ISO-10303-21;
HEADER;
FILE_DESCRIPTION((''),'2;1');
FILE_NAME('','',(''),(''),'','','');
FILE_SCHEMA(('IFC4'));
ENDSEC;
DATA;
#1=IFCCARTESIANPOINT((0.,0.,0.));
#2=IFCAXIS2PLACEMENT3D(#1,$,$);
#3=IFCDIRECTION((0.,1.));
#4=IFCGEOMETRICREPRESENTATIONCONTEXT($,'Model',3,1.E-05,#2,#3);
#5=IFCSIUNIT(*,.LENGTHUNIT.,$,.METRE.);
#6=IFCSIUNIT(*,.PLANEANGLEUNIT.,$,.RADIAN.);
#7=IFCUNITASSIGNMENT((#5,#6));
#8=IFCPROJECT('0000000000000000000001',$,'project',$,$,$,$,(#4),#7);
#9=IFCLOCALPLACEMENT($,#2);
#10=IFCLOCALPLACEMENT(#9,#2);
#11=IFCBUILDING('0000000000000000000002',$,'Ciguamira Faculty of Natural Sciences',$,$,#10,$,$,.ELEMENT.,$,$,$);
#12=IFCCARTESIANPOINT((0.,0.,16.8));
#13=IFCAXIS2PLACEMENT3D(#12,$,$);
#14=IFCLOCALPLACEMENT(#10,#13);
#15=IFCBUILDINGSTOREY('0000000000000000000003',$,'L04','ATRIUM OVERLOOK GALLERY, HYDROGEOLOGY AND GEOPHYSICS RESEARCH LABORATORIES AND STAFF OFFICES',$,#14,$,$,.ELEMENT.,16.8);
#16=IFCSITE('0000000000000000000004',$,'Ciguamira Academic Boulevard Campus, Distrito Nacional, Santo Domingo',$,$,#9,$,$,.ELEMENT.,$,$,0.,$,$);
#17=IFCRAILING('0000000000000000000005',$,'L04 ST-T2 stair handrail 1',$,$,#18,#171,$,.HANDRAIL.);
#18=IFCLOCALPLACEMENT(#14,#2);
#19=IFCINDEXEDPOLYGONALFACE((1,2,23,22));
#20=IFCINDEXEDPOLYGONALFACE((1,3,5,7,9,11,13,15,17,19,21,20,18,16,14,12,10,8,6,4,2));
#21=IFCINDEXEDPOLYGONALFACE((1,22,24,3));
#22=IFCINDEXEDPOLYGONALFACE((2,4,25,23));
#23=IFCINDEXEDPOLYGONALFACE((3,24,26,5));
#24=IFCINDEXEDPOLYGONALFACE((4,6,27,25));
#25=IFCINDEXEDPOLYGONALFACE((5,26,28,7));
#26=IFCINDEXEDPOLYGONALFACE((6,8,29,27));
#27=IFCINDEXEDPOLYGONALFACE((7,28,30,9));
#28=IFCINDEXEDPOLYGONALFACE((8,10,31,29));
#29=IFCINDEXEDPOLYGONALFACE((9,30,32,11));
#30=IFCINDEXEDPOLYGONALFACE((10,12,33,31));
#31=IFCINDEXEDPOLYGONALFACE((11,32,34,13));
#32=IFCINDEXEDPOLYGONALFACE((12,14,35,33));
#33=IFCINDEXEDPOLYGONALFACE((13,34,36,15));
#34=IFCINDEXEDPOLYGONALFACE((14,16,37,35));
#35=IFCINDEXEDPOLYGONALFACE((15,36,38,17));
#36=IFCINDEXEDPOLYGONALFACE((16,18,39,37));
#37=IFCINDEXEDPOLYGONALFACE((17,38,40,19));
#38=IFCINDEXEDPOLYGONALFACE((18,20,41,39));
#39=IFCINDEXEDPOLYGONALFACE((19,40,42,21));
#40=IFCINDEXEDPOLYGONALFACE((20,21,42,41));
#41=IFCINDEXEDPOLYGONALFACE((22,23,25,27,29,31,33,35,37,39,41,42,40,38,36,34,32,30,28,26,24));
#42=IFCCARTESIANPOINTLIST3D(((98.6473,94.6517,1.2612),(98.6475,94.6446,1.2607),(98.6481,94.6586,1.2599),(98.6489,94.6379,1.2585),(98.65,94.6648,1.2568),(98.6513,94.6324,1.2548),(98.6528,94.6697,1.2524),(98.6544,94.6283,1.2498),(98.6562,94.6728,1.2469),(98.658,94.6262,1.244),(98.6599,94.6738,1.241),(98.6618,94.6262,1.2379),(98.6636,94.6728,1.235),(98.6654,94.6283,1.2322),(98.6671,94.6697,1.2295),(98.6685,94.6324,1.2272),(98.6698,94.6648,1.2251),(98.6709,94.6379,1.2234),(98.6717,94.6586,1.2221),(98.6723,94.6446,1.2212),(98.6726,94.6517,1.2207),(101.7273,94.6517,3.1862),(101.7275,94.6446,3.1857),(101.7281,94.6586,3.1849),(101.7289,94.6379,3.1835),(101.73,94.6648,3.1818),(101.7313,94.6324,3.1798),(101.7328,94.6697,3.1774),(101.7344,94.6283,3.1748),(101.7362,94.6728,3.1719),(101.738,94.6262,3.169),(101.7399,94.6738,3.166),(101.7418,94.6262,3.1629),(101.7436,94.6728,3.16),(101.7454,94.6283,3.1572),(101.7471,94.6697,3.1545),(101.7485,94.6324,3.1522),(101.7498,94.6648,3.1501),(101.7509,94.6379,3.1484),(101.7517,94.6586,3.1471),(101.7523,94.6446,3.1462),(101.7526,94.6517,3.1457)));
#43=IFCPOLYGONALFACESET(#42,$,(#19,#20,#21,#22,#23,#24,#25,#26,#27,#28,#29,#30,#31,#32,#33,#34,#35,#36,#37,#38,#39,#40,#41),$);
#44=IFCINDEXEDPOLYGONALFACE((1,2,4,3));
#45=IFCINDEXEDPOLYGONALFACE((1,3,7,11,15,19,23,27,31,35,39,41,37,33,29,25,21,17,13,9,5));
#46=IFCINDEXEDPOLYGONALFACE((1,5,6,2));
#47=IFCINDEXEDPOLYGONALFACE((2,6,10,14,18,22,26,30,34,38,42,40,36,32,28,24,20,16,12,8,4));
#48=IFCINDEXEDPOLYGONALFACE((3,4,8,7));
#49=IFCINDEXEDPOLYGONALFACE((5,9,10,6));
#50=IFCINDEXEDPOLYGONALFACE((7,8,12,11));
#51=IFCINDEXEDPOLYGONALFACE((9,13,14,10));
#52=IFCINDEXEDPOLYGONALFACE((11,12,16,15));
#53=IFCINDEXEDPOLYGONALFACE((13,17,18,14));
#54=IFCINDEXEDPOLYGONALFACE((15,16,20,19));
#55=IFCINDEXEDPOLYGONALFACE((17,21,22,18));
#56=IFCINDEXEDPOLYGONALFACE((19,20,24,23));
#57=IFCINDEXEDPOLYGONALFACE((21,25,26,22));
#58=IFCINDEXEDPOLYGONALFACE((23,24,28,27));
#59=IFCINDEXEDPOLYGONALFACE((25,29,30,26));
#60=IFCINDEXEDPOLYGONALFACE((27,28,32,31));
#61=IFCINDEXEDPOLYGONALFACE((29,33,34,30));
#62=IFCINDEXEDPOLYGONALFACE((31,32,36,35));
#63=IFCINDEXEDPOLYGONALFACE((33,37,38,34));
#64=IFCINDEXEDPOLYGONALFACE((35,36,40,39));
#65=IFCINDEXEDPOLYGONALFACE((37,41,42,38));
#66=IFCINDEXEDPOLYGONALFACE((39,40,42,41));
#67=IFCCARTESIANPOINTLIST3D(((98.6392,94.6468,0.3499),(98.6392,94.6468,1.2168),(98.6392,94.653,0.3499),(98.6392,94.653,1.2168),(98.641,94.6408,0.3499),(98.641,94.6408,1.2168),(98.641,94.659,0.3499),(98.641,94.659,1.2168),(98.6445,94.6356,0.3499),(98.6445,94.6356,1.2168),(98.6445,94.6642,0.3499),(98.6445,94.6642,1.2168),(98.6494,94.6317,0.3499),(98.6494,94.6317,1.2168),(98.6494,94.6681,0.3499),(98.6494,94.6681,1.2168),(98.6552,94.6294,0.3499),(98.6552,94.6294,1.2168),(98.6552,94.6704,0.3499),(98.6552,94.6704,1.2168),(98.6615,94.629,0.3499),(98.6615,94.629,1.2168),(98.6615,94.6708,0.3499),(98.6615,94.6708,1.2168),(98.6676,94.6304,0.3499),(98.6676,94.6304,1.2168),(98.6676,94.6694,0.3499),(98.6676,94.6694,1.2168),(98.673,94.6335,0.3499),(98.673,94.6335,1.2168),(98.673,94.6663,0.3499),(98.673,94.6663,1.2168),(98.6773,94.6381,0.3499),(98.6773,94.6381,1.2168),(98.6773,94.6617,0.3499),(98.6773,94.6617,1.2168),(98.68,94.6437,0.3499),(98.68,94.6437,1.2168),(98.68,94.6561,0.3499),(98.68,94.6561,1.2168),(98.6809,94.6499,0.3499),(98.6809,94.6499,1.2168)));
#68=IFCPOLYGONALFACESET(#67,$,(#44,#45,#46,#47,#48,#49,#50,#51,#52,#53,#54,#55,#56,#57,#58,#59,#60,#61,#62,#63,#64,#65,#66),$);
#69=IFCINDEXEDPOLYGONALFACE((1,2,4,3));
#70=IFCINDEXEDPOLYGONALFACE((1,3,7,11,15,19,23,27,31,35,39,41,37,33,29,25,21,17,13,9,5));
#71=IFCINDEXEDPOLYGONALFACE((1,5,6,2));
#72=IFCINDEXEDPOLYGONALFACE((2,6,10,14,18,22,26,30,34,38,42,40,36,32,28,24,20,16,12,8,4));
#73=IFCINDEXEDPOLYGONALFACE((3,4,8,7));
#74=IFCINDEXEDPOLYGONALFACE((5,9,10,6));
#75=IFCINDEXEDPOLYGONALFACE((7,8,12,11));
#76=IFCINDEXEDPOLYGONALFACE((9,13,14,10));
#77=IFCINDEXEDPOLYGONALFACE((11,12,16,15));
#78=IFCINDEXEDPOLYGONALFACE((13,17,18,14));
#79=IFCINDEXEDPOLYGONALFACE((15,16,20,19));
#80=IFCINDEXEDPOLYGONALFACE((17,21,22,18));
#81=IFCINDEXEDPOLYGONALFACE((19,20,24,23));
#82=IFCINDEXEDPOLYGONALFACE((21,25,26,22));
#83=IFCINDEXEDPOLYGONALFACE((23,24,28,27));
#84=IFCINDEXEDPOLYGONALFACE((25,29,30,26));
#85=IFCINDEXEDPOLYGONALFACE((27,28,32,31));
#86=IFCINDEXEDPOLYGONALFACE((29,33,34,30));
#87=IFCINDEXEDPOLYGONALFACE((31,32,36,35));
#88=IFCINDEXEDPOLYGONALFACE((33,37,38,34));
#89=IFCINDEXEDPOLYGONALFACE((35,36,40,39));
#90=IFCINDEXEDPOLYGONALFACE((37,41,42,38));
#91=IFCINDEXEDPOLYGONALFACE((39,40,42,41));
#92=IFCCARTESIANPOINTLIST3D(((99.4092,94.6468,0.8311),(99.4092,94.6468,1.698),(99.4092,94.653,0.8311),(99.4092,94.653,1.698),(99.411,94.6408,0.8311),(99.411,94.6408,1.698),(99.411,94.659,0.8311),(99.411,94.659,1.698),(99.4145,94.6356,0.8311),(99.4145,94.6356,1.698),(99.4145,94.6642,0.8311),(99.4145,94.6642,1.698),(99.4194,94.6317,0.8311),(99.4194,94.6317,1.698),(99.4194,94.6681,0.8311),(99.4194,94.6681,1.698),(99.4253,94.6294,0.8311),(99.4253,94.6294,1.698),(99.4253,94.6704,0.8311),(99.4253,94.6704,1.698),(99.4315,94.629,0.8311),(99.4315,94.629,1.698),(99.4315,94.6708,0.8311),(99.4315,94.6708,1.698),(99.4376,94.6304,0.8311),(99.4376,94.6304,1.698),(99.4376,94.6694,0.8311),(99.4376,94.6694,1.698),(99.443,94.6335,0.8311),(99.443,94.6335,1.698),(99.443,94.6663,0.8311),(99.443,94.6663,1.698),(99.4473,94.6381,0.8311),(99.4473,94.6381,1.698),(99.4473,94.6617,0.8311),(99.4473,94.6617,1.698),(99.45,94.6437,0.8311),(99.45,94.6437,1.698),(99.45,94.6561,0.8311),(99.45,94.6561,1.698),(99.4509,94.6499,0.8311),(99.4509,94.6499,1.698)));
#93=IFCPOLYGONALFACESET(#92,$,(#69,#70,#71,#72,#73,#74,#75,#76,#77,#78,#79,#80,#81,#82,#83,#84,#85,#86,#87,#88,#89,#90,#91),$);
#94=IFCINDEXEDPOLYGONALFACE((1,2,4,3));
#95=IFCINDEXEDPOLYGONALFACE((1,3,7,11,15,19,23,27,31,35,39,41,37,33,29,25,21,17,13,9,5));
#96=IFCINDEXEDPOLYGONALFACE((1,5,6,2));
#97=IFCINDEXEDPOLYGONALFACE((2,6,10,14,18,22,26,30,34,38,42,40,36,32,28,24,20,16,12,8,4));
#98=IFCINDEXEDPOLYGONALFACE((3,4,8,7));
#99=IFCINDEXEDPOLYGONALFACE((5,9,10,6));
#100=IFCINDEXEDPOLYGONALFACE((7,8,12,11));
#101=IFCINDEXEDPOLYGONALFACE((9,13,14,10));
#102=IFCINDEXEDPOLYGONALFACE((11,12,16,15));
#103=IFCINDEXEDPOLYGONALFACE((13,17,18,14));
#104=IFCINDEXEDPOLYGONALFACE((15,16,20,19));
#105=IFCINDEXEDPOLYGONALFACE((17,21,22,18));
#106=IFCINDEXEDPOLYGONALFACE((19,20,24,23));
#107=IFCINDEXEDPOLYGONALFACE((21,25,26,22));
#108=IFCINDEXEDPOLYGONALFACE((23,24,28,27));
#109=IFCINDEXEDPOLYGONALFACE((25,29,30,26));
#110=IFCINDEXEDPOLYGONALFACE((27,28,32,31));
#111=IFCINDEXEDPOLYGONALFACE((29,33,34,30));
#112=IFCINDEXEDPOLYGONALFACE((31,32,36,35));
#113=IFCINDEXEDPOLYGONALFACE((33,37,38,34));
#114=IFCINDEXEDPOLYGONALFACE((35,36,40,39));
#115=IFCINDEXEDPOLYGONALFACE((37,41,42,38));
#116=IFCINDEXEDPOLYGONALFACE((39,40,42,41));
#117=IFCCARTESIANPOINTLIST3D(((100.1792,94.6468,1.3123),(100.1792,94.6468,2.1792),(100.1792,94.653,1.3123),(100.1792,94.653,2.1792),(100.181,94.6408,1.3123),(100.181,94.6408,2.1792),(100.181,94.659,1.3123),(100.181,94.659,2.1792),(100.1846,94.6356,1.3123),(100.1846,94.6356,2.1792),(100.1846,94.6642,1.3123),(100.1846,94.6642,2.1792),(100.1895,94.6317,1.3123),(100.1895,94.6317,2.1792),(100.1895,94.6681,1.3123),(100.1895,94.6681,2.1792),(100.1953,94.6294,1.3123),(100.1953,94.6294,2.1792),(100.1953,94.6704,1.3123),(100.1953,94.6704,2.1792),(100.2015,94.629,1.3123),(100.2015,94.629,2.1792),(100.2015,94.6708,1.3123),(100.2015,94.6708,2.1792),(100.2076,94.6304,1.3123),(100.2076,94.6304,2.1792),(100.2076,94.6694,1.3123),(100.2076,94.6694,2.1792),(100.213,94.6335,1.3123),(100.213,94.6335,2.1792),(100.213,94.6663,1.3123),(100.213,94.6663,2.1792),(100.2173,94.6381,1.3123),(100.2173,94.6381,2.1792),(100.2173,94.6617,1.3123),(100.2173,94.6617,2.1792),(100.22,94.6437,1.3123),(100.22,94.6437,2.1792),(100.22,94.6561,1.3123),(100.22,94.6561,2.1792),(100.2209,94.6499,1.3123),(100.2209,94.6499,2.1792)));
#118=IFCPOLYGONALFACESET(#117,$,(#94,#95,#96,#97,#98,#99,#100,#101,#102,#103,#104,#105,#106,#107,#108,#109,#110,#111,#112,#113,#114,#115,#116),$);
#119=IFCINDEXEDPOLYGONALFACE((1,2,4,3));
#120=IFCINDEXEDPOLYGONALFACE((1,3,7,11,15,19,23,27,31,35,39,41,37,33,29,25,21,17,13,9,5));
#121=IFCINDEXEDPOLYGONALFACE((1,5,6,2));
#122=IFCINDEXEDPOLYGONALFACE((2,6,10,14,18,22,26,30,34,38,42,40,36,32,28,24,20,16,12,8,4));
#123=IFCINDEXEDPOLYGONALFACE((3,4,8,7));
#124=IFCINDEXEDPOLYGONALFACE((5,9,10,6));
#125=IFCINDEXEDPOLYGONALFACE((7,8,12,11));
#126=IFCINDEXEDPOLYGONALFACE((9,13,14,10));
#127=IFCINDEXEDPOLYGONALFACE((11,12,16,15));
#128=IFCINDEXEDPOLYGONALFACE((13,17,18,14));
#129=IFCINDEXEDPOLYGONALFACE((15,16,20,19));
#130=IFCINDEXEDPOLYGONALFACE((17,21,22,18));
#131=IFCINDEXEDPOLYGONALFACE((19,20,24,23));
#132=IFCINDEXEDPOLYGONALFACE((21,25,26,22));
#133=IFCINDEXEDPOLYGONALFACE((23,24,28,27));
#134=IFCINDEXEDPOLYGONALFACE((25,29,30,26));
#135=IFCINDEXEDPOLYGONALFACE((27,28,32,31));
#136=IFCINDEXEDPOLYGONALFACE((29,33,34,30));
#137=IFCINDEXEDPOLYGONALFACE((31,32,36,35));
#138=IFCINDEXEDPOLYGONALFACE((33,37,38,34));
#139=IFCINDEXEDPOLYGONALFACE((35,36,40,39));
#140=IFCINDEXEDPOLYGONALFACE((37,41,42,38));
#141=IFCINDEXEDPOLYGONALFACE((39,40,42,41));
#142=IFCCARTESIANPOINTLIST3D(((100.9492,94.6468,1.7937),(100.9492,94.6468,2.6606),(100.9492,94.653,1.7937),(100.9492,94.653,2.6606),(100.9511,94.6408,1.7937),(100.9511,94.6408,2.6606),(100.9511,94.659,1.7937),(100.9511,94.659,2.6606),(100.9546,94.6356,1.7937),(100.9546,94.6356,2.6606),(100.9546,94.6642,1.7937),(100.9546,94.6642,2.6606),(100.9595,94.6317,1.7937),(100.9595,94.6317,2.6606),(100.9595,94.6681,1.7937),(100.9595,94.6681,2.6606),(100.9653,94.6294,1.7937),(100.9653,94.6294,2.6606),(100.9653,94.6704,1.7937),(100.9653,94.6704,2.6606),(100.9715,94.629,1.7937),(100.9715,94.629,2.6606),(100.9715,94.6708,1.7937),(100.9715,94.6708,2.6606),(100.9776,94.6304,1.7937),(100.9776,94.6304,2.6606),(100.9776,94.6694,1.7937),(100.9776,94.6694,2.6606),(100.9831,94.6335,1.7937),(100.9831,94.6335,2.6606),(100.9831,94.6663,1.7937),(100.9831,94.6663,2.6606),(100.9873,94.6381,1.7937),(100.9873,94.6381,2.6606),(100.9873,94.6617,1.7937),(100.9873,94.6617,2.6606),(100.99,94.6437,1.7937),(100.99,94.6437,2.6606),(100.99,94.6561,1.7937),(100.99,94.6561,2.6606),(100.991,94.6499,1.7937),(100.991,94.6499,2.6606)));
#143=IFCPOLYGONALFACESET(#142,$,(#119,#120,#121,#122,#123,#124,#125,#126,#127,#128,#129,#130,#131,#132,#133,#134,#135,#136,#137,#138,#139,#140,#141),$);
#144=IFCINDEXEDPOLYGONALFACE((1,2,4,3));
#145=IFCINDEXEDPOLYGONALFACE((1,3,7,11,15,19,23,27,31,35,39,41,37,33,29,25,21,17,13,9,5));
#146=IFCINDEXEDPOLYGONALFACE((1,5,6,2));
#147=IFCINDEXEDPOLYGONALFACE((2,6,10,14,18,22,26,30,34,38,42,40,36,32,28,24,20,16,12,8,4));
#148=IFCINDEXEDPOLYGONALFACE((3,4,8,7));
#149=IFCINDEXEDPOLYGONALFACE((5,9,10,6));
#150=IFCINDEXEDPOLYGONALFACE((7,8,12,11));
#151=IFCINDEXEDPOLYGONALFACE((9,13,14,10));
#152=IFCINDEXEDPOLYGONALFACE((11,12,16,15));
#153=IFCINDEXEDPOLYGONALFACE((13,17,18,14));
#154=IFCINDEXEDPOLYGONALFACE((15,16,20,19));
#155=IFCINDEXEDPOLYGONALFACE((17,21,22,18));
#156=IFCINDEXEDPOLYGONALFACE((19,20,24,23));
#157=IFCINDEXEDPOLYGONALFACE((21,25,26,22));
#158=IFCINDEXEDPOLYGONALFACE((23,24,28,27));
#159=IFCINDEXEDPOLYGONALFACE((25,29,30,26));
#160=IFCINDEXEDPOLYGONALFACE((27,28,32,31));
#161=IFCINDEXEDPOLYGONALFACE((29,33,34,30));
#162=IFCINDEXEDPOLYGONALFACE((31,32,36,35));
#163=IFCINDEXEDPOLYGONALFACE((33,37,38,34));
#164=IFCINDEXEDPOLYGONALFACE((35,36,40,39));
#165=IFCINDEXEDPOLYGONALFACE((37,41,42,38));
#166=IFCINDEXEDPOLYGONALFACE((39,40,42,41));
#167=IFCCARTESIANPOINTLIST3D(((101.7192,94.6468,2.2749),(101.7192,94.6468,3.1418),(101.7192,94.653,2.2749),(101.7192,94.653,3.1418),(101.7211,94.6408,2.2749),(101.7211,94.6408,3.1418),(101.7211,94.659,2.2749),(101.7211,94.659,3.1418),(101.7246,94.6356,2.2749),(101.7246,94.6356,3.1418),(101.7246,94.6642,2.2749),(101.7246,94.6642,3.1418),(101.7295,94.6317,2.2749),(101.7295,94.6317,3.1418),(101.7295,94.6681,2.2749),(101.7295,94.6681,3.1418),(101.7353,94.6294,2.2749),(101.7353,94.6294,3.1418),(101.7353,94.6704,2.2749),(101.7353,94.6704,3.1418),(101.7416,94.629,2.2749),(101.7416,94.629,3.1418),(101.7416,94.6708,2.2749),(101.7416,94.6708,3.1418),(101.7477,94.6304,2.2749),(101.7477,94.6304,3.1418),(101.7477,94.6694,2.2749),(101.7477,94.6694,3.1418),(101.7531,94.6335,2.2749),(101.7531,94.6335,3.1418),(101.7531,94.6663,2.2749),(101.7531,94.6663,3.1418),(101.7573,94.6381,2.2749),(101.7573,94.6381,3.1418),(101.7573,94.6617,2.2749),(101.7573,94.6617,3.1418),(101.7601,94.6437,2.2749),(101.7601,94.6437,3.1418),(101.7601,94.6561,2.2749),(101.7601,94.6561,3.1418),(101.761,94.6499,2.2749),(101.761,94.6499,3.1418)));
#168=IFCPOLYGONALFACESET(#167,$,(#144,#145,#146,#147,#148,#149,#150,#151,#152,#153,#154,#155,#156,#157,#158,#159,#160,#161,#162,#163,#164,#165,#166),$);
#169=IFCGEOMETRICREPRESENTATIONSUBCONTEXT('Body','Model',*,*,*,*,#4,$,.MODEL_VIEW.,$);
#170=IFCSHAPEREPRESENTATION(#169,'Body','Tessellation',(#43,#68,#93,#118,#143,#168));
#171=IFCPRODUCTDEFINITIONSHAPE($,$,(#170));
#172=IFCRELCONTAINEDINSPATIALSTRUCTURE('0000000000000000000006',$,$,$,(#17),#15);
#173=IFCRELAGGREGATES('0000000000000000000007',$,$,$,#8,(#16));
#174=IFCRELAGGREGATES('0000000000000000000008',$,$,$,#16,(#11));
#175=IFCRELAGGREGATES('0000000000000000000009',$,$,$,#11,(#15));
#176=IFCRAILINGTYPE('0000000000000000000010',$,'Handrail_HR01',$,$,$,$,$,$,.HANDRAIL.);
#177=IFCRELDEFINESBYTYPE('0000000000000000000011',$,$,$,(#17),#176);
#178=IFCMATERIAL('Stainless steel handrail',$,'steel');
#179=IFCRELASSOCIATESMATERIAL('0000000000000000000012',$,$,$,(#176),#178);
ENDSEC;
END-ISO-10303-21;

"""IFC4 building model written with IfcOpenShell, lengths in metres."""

from ifc_helpers import new_model, si_unit, direction, frame, origin, origin_2d, place, context, subcontext, project, spatial, circle, extrude, material, type_object, element, save


model = new_model("IFC4")

# Units and contexts
model_context = context("Model", 3, precision=1e-05, world=origin(), true_north=direction((0.0, 1.0)))
body_context = subcontext(model_context, "Body", "Model", "MODEL_VIEW")
ifc_project = project(units=[si_unit("LENGTHUNIT", "METRE"), si_unit("PLANEANGLEUNIT", "RADIAN")], contexts=[model_context])

# Site, building, storey
site_placement = place(None, origin())
site = spatial("IfcSite", under=ifc_project, at=site_placement, Name="Ciguamira Academic Boulevard Campus, Distrito Nacional, Santo Domingo", CompositionType="ELEMENT", RefElevation=0.0)
building_placement = place(site_placement, origin())
building = spatial("IfcBuilding", under=site, at=building_placement, Name="Ciguamira Faculty of Natural Sciences", CompositionType="ELEMENT")
storey_placement = place(building_placement, frame((0.0, 0.0, 16.8)))
storey = spatial("IfcBuildingStorey", under=building, at=storey_placement, Name="L04", Description="ATRIUM OVERLOOK GALLERY, HYDROGEOLOGY AND GEOPHYSICS RESEARCH LABORATORIES AND STAFF OFFICES", CompositionType="ELEMENT", Elevation=16.8)

# Railing
ifc_material_1 = material(Name="Stainless steel handrail", Category="steel")
railing_type_1 = type_object("IfcRailingType", Name="Handrail_HR01", PredefinedType="HANDRAIL", material=ifc_material_1)
railing_1_placement = place(storey_placement, frame((98.6599, 94.6499, 0.3499)))
element("IfcRailing", 1, at=railing_1_placement, inside=storey, type_object=railing_type_1, Name="L04 ST-T2 stair handrail 1", PredefinedType="HANDRAIL", context=body_context, shape_type="SweptSolid", body=[
    extrude(circle(Radius=0.0239, at=origin_2d()), frame((0.0, 0.0, 0.8911), z_axis=(0.847998, 0.0, 0.529999), x_axis=(0.0, 1.0, 0.0)), (0.0, 0.0, 1.0), 3.6321),
    extrude(circle(Radius=0.021, at=origin_2d()), origin(), (0.0, 0.0, 1.0), 0.8669),
    extrude(circle(Radius=0.021, at=origin_2d()), frame((0.77, 0.0, 0.4812)), (0.0, 0.0, 1.0), 0.8669),
    extrude(circle(Radius=0.021, at=origin_2d()), frame((1.54, 0.0, 0.9624)), (0.0, 0.0, 1.0), 0.8669),
    extrude(circle(Radius=0.021, at=origin_2d()), frame((2.3101, 0.0, 1.4438)), (0.0, 0.0, 1.0), 0.8669),
    extrude(circle(Radius=0.021, at=origin_2d()), frame((3.0801, 0.0, 1.925)), (0.0, 0.0, 1.0), 0.8669),
])

save(model, "model.ifc")
